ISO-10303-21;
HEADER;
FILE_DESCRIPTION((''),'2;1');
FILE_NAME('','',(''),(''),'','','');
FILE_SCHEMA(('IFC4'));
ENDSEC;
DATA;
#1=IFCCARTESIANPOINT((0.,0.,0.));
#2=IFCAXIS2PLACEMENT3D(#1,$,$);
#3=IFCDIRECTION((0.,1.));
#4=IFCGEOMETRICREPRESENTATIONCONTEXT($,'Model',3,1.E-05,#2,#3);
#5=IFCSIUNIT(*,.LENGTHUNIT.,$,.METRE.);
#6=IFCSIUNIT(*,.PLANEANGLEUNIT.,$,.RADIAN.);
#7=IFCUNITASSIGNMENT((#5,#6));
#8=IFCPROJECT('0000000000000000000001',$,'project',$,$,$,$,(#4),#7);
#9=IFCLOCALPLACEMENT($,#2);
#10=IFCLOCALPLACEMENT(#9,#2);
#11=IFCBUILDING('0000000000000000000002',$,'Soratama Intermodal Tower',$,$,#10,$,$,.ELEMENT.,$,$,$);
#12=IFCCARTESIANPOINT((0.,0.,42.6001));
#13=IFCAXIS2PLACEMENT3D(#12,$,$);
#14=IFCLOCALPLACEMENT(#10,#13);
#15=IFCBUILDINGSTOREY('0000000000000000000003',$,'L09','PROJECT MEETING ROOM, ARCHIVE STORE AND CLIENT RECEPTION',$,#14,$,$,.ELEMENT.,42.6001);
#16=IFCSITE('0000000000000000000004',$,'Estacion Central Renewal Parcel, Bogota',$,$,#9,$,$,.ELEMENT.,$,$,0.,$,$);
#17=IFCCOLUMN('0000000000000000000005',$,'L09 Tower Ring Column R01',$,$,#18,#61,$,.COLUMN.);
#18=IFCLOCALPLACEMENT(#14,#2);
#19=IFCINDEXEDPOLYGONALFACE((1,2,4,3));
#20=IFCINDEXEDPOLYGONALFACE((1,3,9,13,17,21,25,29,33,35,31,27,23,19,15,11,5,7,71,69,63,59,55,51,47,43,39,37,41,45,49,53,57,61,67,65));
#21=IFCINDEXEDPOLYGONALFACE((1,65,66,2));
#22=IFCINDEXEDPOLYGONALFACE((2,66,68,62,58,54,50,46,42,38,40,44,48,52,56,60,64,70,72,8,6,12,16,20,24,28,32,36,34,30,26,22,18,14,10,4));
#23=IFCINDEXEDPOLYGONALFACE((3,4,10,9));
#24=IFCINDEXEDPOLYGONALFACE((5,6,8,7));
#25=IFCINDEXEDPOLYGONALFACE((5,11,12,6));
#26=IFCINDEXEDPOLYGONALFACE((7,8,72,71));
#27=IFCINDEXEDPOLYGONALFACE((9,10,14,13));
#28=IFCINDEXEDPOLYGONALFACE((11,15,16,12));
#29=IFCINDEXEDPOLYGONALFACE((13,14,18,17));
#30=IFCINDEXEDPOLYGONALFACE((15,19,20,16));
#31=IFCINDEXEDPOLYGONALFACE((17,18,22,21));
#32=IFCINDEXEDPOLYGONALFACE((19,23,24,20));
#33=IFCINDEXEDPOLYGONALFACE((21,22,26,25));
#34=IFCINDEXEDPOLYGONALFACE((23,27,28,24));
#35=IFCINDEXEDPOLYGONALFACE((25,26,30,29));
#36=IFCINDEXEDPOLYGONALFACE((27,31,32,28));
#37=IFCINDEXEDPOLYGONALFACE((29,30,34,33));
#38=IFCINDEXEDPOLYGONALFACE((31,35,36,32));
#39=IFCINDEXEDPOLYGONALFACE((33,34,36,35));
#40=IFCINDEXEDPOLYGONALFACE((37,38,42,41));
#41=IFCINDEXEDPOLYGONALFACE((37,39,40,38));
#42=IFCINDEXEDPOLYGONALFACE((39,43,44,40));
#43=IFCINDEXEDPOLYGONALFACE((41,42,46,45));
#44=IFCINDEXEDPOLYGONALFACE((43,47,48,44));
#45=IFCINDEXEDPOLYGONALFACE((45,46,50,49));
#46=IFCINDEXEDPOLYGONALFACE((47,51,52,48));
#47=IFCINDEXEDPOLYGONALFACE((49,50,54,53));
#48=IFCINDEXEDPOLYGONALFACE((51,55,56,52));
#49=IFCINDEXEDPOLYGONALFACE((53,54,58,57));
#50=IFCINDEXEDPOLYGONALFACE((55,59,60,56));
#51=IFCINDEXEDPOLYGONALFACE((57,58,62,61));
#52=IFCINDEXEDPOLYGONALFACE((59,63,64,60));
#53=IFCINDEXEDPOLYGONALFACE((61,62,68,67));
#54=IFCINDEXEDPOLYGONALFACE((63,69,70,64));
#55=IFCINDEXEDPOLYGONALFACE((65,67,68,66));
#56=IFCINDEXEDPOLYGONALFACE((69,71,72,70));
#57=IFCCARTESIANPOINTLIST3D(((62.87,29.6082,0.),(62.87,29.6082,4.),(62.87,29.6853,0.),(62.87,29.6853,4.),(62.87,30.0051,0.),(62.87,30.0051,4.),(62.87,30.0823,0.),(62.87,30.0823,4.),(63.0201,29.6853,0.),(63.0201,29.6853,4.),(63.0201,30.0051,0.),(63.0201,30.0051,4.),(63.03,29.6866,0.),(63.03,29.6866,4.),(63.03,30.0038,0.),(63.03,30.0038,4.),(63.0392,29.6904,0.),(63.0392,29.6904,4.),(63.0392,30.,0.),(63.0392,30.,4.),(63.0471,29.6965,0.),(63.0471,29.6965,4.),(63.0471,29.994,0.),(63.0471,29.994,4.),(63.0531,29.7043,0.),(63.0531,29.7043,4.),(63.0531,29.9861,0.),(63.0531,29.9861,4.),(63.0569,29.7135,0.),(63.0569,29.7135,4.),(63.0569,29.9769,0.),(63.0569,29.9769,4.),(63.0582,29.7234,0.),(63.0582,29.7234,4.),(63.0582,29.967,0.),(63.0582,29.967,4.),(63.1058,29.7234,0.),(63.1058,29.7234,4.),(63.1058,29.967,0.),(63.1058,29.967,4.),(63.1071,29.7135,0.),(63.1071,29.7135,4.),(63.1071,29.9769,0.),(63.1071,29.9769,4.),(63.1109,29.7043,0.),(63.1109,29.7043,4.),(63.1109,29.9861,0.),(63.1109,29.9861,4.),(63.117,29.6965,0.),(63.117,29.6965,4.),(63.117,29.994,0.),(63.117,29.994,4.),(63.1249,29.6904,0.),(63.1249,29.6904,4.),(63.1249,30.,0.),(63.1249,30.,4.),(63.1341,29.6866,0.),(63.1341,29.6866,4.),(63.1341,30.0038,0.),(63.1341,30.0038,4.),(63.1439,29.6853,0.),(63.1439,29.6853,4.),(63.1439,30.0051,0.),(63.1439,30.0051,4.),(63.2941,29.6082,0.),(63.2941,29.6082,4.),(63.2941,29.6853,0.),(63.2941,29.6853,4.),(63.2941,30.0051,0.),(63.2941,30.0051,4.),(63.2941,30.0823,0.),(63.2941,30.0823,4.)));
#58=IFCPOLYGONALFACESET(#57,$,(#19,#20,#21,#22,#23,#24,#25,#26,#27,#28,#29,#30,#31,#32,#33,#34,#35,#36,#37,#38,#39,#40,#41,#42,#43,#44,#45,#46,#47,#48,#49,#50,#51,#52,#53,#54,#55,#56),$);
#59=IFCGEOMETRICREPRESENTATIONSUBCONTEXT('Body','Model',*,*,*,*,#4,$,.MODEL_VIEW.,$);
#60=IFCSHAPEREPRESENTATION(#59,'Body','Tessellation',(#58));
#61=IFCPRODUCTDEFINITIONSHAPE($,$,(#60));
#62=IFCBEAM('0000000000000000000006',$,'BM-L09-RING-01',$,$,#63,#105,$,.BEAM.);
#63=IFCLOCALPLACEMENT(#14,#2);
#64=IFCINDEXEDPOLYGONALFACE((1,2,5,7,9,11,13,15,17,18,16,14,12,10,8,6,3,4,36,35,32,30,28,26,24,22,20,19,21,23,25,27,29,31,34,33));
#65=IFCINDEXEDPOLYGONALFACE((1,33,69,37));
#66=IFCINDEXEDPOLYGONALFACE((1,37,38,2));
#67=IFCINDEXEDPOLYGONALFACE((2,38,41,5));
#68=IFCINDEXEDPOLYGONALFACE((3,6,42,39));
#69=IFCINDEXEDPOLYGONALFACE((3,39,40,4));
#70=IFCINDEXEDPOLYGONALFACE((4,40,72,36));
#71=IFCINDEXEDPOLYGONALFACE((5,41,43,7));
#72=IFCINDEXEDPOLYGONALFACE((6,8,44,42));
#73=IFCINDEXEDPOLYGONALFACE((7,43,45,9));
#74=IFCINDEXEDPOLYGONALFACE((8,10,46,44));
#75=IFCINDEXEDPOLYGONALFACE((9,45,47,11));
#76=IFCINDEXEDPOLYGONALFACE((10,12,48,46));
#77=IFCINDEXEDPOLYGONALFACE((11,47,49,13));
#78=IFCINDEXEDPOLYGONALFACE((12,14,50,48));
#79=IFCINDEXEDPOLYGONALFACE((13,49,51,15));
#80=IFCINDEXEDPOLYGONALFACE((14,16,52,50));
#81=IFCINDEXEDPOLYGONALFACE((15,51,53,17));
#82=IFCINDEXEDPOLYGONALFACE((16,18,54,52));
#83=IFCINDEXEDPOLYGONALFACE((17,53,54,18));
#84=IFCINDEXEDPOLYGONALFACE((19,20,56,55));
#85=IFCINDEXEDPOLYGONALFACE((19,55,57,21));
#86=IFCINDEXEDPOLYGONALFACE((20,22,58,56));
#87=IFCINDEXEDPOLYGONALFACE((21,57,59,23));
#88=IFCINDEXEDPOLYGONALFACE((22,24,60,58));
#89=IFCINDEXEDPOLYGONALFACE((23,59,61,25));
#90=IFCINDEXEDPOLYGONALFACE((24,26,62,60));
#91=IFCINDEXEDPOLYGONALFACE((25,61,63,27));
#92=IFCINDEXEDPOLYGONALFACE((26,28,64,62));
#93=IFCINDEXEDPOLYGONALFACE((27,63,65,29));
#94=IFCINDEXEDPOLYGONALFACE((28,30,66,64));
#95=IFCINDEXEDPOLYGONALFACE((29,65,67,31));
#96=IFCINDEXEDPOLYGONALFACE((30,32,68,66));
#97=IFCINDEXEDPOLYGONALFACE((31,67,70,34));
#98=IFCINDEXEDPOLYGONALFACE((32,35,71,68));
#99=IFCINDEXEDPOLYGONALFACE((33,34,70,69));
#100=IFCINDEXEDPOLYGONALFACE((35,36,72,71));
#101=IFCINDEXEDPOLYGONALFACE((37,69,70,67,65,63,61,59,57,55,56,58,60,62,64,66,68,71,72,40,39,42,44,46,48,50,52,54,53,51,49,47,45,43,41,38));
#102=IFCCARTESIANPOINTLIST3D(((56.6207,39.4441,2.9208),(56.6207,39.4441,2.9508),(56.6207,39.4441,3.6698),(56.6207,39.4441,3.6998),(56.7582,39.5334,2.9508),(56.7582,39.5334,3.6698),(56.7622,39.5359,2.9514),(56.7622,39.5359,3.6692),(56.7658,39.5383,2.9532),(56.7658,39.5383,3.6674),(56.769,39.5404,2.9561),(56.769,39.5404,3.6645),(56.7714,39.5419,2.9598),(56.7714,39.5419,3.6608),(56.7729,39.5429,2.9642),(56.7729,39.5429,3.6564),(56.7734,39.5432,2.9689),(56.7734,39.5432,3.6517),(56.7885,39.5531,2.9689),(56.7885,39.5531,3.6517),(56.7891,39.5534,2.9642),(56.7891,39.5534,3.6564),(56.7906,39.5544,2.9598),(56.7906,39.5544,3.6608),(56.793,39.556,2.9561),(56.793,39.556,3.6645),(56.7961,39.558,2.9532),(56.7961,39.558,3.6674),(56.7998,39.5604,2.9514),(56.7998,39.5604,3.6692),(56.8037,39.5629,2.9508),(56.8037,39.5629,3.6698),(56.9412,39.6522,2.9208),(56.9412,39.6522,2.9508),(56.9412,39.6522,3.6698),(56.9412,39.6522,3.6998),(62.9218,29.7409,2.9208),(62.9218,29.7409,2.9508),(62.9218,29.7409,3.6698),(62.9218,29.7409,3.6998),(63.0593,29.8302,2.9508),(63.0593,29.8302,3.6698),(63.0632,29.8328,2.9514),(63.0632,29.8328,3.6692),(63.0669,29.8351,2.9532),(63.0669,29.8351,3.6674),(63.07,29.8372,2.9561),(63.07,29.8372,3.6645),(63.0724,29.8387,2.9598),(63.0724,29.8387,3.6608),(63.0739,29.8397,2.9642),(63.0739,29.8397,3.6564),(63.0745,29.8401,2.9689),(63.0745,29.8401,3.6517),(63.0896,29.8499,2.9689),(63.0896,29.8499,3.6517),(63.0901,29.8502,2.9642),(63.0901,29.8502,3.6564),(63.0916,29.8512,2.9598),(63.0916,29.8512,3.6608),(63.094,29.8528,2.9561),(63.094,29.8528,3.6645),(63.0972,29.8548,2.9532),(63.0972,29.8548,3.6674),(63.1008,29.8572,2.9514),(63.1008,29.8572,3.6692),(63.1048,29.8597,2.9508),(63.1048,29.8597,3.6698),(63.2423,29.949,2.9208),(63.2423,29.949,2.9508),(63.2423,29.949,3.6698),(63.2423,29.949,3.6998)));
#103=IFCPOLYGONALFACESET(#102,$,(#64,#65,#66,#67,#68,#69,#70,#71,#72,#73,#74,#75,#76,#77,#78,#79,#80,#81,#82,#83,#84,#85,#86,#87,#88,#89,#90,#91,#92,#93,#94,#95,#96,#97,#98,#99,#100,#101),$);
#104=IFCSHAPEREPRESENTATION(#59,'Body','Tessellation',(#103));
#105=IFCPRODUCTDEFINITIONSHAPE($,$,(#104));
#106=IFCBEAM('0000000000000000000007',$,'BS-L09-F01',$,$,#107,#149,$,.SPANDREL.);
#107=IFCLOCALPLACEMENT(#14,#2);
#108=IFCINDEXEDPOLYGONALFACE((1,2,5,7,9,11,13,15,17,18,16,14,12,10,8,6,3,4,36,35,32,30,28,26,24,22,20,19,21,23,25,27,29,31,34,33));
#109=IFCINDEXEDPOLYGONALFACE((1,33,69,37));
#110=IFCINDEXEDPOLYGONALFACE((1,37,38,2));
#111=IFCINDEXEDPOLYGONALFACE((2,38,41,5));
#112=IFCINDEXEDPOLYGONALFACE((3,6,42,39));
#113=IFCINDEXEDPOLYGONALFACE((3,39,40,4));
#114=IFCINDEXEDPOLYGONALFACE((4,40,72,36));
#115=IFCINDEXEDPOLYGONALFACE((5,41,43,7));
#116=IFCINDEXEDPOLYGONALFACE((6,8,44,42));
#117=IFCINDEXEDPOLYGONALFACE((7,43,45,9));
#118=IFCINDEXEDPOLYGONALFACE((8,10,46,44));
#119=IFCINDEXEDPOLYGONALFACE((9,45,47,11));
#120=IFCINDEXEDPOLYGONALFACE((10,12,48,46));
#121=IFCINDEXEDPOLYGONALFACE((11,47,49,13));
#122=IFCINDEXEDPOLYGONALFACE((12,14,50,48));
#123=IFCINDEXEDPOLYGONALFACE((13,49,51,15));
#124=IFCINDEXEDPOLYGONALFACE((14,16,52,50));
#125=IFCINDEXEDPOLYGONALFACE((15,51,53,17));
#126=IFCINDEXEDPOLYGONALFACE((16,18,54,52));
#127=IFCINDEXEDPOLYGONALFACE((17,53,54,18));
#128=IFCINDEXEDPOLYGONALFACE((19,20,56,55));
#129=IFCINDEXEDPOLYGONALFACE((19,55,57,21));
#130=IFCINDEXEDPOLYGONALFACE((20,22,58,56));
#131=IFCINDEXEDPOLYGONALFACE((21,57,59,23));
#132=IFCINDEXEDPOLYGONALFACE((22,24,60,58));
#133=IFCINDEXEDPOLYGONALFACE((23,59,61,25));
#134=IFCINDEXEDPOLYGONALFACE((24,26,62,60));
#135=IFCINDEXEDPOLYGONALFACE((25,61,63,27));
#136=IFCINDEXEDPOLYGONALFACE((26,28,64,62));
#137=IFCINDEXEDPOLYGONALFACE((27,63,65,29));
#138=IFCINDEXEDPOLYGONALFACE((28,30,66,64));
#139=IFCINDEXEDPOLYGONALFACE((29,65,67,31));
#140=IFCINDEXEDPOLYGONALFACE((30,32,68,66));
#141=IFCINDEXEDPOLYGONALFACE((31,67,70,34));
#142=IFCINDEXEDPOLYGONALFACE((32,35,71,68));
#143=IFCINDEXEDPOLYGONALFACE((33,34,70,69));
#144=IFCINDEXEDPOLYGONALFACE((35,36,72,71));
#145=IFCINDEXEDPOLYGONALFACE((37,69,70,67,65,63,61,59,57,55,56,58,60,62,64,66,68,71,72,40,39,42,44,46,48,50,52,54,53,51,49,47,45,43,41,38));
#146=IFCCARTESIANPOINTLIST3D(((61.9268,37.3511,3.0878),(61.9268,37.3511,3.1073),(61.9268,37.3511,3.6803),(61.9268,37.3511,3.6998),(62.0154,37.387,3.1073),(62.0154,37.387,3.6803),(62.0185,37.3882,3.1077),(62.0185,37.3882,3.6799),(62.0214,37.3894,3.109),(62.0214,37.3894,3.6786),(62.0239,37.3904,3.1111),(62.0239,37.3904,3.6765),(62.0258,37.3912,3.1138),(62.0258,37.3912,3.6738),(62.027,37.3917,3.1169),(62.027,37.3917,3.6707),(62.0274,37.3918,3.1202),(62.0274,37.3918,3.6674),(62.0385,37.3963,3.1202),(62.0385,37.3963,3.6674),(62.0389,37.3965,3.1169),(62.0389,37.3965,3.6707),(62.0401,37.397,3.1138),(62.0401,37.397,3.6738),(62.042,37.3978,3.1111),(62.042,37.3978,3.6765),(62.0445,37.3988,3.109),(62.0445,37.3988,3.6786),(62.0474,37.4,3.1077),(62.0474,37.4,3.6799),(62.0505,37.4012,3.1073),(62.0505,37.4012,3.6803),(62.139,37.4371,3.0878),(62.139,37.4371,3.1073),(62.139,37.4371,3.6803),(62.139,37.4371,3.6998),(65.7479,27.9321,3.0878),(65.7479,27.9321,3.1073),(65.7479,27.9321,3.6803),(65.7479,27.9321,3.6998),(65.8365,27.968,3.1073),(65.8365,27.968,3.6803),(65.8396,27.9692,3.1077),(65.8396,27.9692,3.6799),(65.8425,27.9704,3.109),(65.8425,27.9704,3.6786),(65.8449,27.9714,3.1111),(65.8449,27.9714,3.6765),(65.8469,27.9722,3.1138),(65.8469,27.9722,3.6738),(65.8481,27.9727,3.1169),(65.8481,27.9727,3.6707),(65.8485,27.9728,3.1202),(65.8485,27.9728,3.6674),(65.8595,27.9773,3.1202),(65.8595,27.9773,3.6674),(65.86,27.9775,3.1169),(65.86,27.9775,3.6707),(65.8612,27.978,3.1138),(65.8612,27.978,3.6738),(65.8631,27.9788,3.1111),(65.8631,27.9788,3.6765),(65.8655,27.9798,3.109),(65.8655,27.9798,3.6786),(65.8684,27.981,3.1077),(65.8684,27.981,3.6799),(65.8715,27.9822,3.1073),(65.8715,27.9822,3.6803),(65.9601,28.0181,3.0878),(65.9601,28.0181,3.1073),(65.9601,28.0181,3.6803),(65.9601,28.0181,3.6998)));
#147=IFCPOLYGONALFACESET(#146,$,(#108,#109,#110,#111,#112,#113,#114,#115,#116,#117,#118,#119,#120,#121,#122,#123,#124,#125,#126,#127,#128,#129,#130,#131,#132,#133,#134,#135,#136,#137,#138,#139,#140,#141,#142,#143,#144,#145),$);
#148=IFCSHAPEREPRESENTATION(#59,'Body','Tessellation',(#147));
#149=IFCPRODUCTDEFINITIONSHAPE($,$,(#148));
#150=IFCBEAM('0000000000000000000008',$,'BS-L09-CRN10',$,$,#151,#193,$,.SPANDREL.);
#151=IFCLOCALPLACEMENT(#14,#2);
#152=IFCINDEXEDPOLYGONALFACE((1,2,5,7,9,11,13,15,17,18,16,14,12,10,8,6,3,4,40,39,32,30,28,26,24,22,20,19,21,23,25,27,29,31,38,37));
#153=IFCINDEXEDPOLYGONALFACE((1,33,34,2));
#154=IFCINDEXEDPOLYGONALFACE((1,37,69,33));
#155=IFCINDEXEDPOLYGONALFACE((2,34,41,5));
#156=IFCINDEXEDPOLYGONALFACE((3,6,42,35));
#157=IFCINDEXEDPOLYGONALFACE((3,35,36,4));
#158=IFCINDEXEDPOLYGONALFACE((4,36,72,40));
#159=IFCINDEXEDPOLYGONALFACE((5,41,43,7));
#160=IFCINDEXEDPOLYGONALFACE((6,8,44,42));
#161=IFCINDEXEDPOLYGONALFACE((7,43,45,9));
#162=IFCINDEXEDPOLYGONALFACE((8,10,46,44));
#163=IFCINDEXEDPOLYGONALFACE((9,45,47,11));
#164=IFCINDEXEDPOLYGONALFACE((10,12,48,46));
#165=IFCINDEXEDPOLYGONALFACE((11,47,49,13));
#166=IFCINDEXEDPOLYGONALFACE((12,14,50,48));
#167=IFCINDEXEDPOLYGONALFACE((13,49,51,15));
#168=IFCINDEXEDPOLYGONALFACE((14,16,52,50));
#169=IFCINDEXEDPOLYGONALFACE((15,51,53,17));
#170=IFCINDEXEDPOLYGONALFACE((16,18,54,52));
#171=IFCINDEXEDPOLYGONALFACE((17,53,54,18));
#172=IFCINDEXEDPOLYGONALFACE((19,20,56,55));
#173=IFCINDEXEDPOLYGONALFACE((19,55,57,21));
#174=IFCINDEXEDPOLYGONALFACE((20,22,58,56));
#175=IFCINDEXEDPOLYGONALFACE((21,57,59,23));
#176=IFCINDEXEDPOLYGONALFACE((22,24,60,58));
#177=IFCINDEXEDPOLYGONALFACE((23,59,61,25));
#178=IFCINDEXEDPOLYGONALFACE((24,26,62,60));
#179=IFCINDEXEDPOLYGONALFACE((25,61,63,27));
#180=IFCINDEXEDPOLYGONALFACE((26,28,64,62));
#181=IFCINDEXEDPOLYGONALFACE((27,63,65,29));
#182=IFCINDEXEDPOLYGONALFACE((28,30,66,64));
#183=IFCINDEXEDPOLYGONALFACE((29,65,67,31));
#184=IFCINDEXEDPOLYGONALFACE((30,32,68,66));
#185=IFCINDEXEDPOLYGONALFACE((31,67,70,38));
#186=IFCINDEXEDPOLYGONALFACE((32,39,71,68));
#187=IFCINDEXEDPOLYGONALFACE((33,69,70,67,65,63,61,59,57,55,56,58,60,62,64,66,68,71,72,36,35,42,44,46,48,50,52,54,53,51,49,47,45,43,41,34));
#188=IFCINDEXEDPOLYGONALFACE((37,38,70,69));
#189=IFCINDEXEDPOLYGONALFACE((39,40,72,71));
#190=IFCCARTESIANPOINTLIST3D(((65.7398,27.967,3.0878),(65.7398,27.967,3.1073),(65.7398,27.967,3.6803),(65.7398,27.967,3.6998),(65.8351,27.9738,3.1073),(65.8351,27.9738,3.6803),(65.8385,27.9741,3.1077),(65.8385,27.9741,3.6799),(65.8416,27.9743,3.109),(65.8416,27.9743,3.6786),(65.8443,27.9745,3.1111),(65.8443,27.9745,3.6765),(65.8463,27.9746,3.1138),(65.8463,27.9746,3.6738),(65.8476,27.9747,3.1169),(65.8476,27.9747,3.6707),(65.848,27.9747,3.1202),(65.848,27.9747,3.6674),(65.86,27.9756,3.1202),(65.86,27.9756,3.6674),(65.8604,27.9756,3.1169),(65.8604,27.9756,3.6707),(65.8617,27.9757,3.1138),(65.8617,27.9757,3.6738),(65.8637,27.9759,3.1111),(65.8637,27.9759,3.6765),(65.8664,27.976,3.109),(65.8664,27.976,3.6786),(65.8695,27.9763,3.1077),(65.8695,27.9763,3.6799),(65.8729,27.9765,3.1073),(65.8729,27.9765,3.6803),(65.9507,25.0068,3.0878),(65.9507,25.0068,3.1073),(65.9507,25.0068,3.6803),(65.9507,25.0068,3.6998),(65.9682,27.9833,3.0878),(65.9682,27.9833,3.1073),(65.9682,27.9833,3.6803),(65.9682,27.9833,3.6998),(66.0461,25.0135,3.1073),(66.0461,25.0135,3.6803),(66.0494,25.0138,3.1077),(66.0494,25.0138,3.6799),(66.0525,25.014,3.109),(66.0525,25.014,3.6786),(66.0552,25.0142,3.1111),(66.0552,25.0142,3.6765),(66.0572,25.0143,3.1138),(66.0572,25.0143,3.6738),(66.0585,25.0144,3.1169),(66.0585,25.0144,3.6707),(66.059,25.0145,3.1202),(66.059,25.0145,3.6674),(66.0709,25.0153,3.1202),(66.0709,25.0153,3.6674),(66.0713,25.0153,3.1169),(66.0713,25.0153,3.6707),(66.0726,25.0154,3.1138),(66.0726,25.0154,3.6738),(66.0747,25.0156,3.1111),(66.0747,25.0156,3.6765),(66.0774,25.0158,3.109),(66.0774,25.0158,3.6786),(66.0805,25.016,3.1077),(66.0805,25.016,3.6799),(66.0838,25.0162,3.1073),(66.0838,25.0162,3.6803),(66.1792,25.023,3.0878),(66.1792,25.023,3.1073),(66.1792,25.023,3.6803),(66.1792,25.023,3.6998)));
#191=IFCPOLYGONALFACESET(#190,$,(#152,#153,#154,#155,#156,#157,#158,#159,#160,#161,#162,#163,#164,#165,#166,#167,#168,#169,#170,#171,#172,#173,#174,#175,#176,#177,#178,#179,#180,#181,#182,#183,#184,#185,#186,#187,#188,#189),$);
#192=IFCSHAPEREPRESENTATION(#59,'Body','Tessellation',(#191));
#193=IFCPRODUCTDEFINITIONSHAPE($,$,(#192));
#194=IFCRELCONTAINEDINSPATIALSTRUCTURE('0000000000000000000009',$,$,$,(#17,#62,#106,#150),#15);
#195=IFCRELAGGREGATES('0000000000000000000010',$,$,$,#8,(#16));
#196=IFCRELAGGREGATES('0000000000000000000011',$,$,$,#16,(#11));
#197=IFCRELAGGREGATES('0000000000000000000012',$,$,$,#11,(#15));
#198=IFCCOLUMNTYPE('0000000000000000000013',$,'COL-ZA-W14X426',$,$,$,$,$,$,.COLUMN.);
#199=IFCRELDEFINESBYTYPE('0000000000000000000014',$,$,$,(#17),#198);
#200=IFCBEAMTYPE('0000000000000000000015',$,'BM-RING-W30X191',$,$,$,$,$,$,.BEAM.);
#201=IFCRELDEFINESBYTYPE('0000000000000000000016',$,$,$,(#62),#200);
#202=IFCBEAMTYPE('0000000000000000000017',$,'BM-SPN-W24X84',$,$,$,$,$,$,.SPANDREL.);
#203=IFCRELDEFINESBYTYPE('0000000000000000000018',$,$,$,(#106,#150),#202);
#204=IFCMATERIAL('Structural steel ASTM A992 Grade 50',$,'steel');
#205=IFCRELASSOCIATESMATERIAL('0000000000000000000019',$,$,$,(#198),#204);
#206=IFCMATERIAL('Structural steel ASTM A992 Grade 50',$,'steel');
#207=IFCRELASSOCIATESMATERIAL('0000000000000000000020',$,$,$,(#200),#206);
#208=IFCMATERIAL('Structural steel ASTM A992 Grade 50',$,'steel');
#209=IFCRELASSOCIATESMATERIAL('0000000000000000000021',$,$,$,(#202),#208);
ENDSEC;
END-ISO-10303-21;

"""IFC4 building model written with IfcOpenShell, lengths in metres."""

from ifc_helpers import new_model, si_unit, direction, frame, origin, origin_2d, place, context, subcontext, project, spatial, i_section, extrude, material, material_profile, profile_set, type_object, element, save


model = new_model("IFC4")

# Units and contexts
model_context = context("Model", 3, precision=1e-05, world=origin(), true_north=direction((0.0, 1.0)))
body_context = subcontext(model_context, "Body", "Model", "MODEL_VIEW")
ifc_project = project(units=[si_unit("LENGTHUNIT", "METRE"), si_unit("PLANEANGLEUNIT", "RADIAN")], contexts=[model_context])

# Site, building, storey
site_placement = place(None, origin())
site = spatial("IfcSite", under=ifc_project, at=site_placement, Name="Estacion Central Renewal Parcel, Bogota", CompositionType="ELEMENT", RefElevation=0.0)
building_placement = place(site_placement, origin())
building = spatial("IfcBuilding", under=site, at=building_placement, Name="Soratama Intermodal Tower", CompositionType="ELEMENT")
storey_placement = place(building_placement, frame((0.0, 0.0, 42.6001)))
storey = spatial("IfcBuildingStorey", under=building, at=storey_placement, Name="L09", Description="PROJECT MEETING ROOM, ARCHIVE STORE AND CLIENT RECEPTION", CompositionType="ELEMENT", Elevation=42.6001)

# Column
ifc_material_1 = material(Name="Structural steel ASTM A992 Grade 50", Category="steel")
ifc_material_profile_1 = material_profile(ifc_material_1, i_section(OverallWidth=0.4241, OverallDepth=0.4741, WebThickness=0.0476, FlangeThickness=0.0771, FilletRadius=0.0381, at=origin_2d()), Name="W14X426")
ifc_profile_set_1 = profile_set([ifc_material_profile_1], Name="Structural steel ASTM A992 Grade 50")
column_type = type_object("IfcColumnType", Name="COL-ZA-W14X426", PredefinedType="COLUMN", material=ifc_profile_set_1)
column_placement = place(storey_placement, frame((63.082, 29.8452, 0.0), z_axis=(0.0, 0.0, 1.0), x_axis=(1.0, 0.0, 0.0)))
element("IfcColumn", 1, at=column_placement, inside=storey, type_object=column_type, Name="L09 Tower Ring Column R01", PredefinedType="COLUMN", context=body_context, shape_type="SweptSolid", body=[
    extrude(i_section(OverallWidth=0.4241, OverallDepth=0.4741, WebThickness=0.0476, FlangeThickness=0.0771, FilletRadius=0.0381, at=origin_2d()), origin(), (0.0, 0.0, 1.0), 4.0),
])

# Beams
ifc_material_2 = material(Name="Structural steel ASTM A992 Grade 50", Category="steel")
ifc_material_profile_2 = material_profile(ifc_material_2, i_section(OverallWidth=0.3821, OverallDepth=0.7791, WebThickness=0.0181, FlangeThickness=0.03, FilletRadius=0.0181, at=origin_2d()), Name="W30X191")
ifc_profile_set_2 = profile_set([ifc_material_profile_2], Name="Structural steel ASTM A992 Grade 50")
beam_type_1 = type_object("IfcBeamType", Name="BM-RING-W30X191", PredefinedType="BEAM", material=ifc_profile_set_2)
beam_1_placement = place(storey_placement, frame((63.082, 29.845, 3.3103), z_axis=(-0.544623, 0.838681, 0.0), x_axis=(-0.838681, -0.544623, 0.0)))
element("IfcBeam", 2, at=beam_1_placement, inside=storey, type_object=beam_type_1, Name="BM-L09-RING-01", PredefinedType="BEAM", context=body_context, shape_type="SweptSolid", body=[
    extrude(i_section(OverallWidth=0.3821, OverallDepth=0.7791, WebThickness=0.0181, FlangeThickness=0.03, FilletRadius=0.0181, at=origin_2d()), origin(), (0.0, 0.0, 1.0), 11.5696),
])
ifc_material_3 = material(Name="Structural steel ASTM A992 Grade 50", Category="steel")
ifc_material_profile_3 = material_profile(ifc_material_3, i_section(OverallWidth=0.229, OverallDepth=0.6121, WebThickness=0.012, FlangeThickness=0.0195, FilletRadius=0.0129, at=origin_2d()), Name="W24X84")
ifc_profile_set_3 = profile_set([ifc_material_profile_3], Name="Structural steel ASTM A992 Grade 50")
beam_type_2 = type_object("IfcBeamType", Name="BM-SPN-W24X84", PredefinedType="SPANDREL", material=ifc_profile_set_3)
beam_2_placement = place(storey_placement, frame((65.854, 27.9751, 3.3938), z_axis=(-0.375921, 0.926652, 0.0), x_axis=(-0.926652, -0.375921, 0.0)))
element("IfcBeam", 3, at=beam_2_placement, inside=storey, type_object=beam_type_2, Name="BS-L09-F01", PredefinedType="SPANDREL", context=body_context, shape_type="SweptSolid", body=[
    extrude(i_section(OverallWidth=0.229, OverallDepth=0.6121, WebThickness=0.012, FlangeThickness=0.0195, FilletRadius=0.0129, at=origin_2d()), origin(), (0.0, 0.0, 1.0), 10.1646),
])
beam_3_placement = place(storey_placement, frame((66.0649, 25.0149, 3.3938), z_axis=(-0.071078, 0.997471, 0.0), x_axis=(-0.997471, -0.071078, 0.0)))
element("IfcBeam", 4, at=beam_3_placement, inside=storey, type_object=beam_type_2, Name="BS-L09-CRN10", PredefinedType="SPANDREL", context=body_context, shape_type="SweptSolid", body=[
    extrude(i_section(OverallWidth=0.229, OverallDepth=0.6121, WebThickness=0.012, FlangeThickness=0.0195, FilletRadius=0.0129, at=origin_2d()), origin(), (0.0, 0.0, 1.0), 2.9678),
])

save(model, "model.ifc")
